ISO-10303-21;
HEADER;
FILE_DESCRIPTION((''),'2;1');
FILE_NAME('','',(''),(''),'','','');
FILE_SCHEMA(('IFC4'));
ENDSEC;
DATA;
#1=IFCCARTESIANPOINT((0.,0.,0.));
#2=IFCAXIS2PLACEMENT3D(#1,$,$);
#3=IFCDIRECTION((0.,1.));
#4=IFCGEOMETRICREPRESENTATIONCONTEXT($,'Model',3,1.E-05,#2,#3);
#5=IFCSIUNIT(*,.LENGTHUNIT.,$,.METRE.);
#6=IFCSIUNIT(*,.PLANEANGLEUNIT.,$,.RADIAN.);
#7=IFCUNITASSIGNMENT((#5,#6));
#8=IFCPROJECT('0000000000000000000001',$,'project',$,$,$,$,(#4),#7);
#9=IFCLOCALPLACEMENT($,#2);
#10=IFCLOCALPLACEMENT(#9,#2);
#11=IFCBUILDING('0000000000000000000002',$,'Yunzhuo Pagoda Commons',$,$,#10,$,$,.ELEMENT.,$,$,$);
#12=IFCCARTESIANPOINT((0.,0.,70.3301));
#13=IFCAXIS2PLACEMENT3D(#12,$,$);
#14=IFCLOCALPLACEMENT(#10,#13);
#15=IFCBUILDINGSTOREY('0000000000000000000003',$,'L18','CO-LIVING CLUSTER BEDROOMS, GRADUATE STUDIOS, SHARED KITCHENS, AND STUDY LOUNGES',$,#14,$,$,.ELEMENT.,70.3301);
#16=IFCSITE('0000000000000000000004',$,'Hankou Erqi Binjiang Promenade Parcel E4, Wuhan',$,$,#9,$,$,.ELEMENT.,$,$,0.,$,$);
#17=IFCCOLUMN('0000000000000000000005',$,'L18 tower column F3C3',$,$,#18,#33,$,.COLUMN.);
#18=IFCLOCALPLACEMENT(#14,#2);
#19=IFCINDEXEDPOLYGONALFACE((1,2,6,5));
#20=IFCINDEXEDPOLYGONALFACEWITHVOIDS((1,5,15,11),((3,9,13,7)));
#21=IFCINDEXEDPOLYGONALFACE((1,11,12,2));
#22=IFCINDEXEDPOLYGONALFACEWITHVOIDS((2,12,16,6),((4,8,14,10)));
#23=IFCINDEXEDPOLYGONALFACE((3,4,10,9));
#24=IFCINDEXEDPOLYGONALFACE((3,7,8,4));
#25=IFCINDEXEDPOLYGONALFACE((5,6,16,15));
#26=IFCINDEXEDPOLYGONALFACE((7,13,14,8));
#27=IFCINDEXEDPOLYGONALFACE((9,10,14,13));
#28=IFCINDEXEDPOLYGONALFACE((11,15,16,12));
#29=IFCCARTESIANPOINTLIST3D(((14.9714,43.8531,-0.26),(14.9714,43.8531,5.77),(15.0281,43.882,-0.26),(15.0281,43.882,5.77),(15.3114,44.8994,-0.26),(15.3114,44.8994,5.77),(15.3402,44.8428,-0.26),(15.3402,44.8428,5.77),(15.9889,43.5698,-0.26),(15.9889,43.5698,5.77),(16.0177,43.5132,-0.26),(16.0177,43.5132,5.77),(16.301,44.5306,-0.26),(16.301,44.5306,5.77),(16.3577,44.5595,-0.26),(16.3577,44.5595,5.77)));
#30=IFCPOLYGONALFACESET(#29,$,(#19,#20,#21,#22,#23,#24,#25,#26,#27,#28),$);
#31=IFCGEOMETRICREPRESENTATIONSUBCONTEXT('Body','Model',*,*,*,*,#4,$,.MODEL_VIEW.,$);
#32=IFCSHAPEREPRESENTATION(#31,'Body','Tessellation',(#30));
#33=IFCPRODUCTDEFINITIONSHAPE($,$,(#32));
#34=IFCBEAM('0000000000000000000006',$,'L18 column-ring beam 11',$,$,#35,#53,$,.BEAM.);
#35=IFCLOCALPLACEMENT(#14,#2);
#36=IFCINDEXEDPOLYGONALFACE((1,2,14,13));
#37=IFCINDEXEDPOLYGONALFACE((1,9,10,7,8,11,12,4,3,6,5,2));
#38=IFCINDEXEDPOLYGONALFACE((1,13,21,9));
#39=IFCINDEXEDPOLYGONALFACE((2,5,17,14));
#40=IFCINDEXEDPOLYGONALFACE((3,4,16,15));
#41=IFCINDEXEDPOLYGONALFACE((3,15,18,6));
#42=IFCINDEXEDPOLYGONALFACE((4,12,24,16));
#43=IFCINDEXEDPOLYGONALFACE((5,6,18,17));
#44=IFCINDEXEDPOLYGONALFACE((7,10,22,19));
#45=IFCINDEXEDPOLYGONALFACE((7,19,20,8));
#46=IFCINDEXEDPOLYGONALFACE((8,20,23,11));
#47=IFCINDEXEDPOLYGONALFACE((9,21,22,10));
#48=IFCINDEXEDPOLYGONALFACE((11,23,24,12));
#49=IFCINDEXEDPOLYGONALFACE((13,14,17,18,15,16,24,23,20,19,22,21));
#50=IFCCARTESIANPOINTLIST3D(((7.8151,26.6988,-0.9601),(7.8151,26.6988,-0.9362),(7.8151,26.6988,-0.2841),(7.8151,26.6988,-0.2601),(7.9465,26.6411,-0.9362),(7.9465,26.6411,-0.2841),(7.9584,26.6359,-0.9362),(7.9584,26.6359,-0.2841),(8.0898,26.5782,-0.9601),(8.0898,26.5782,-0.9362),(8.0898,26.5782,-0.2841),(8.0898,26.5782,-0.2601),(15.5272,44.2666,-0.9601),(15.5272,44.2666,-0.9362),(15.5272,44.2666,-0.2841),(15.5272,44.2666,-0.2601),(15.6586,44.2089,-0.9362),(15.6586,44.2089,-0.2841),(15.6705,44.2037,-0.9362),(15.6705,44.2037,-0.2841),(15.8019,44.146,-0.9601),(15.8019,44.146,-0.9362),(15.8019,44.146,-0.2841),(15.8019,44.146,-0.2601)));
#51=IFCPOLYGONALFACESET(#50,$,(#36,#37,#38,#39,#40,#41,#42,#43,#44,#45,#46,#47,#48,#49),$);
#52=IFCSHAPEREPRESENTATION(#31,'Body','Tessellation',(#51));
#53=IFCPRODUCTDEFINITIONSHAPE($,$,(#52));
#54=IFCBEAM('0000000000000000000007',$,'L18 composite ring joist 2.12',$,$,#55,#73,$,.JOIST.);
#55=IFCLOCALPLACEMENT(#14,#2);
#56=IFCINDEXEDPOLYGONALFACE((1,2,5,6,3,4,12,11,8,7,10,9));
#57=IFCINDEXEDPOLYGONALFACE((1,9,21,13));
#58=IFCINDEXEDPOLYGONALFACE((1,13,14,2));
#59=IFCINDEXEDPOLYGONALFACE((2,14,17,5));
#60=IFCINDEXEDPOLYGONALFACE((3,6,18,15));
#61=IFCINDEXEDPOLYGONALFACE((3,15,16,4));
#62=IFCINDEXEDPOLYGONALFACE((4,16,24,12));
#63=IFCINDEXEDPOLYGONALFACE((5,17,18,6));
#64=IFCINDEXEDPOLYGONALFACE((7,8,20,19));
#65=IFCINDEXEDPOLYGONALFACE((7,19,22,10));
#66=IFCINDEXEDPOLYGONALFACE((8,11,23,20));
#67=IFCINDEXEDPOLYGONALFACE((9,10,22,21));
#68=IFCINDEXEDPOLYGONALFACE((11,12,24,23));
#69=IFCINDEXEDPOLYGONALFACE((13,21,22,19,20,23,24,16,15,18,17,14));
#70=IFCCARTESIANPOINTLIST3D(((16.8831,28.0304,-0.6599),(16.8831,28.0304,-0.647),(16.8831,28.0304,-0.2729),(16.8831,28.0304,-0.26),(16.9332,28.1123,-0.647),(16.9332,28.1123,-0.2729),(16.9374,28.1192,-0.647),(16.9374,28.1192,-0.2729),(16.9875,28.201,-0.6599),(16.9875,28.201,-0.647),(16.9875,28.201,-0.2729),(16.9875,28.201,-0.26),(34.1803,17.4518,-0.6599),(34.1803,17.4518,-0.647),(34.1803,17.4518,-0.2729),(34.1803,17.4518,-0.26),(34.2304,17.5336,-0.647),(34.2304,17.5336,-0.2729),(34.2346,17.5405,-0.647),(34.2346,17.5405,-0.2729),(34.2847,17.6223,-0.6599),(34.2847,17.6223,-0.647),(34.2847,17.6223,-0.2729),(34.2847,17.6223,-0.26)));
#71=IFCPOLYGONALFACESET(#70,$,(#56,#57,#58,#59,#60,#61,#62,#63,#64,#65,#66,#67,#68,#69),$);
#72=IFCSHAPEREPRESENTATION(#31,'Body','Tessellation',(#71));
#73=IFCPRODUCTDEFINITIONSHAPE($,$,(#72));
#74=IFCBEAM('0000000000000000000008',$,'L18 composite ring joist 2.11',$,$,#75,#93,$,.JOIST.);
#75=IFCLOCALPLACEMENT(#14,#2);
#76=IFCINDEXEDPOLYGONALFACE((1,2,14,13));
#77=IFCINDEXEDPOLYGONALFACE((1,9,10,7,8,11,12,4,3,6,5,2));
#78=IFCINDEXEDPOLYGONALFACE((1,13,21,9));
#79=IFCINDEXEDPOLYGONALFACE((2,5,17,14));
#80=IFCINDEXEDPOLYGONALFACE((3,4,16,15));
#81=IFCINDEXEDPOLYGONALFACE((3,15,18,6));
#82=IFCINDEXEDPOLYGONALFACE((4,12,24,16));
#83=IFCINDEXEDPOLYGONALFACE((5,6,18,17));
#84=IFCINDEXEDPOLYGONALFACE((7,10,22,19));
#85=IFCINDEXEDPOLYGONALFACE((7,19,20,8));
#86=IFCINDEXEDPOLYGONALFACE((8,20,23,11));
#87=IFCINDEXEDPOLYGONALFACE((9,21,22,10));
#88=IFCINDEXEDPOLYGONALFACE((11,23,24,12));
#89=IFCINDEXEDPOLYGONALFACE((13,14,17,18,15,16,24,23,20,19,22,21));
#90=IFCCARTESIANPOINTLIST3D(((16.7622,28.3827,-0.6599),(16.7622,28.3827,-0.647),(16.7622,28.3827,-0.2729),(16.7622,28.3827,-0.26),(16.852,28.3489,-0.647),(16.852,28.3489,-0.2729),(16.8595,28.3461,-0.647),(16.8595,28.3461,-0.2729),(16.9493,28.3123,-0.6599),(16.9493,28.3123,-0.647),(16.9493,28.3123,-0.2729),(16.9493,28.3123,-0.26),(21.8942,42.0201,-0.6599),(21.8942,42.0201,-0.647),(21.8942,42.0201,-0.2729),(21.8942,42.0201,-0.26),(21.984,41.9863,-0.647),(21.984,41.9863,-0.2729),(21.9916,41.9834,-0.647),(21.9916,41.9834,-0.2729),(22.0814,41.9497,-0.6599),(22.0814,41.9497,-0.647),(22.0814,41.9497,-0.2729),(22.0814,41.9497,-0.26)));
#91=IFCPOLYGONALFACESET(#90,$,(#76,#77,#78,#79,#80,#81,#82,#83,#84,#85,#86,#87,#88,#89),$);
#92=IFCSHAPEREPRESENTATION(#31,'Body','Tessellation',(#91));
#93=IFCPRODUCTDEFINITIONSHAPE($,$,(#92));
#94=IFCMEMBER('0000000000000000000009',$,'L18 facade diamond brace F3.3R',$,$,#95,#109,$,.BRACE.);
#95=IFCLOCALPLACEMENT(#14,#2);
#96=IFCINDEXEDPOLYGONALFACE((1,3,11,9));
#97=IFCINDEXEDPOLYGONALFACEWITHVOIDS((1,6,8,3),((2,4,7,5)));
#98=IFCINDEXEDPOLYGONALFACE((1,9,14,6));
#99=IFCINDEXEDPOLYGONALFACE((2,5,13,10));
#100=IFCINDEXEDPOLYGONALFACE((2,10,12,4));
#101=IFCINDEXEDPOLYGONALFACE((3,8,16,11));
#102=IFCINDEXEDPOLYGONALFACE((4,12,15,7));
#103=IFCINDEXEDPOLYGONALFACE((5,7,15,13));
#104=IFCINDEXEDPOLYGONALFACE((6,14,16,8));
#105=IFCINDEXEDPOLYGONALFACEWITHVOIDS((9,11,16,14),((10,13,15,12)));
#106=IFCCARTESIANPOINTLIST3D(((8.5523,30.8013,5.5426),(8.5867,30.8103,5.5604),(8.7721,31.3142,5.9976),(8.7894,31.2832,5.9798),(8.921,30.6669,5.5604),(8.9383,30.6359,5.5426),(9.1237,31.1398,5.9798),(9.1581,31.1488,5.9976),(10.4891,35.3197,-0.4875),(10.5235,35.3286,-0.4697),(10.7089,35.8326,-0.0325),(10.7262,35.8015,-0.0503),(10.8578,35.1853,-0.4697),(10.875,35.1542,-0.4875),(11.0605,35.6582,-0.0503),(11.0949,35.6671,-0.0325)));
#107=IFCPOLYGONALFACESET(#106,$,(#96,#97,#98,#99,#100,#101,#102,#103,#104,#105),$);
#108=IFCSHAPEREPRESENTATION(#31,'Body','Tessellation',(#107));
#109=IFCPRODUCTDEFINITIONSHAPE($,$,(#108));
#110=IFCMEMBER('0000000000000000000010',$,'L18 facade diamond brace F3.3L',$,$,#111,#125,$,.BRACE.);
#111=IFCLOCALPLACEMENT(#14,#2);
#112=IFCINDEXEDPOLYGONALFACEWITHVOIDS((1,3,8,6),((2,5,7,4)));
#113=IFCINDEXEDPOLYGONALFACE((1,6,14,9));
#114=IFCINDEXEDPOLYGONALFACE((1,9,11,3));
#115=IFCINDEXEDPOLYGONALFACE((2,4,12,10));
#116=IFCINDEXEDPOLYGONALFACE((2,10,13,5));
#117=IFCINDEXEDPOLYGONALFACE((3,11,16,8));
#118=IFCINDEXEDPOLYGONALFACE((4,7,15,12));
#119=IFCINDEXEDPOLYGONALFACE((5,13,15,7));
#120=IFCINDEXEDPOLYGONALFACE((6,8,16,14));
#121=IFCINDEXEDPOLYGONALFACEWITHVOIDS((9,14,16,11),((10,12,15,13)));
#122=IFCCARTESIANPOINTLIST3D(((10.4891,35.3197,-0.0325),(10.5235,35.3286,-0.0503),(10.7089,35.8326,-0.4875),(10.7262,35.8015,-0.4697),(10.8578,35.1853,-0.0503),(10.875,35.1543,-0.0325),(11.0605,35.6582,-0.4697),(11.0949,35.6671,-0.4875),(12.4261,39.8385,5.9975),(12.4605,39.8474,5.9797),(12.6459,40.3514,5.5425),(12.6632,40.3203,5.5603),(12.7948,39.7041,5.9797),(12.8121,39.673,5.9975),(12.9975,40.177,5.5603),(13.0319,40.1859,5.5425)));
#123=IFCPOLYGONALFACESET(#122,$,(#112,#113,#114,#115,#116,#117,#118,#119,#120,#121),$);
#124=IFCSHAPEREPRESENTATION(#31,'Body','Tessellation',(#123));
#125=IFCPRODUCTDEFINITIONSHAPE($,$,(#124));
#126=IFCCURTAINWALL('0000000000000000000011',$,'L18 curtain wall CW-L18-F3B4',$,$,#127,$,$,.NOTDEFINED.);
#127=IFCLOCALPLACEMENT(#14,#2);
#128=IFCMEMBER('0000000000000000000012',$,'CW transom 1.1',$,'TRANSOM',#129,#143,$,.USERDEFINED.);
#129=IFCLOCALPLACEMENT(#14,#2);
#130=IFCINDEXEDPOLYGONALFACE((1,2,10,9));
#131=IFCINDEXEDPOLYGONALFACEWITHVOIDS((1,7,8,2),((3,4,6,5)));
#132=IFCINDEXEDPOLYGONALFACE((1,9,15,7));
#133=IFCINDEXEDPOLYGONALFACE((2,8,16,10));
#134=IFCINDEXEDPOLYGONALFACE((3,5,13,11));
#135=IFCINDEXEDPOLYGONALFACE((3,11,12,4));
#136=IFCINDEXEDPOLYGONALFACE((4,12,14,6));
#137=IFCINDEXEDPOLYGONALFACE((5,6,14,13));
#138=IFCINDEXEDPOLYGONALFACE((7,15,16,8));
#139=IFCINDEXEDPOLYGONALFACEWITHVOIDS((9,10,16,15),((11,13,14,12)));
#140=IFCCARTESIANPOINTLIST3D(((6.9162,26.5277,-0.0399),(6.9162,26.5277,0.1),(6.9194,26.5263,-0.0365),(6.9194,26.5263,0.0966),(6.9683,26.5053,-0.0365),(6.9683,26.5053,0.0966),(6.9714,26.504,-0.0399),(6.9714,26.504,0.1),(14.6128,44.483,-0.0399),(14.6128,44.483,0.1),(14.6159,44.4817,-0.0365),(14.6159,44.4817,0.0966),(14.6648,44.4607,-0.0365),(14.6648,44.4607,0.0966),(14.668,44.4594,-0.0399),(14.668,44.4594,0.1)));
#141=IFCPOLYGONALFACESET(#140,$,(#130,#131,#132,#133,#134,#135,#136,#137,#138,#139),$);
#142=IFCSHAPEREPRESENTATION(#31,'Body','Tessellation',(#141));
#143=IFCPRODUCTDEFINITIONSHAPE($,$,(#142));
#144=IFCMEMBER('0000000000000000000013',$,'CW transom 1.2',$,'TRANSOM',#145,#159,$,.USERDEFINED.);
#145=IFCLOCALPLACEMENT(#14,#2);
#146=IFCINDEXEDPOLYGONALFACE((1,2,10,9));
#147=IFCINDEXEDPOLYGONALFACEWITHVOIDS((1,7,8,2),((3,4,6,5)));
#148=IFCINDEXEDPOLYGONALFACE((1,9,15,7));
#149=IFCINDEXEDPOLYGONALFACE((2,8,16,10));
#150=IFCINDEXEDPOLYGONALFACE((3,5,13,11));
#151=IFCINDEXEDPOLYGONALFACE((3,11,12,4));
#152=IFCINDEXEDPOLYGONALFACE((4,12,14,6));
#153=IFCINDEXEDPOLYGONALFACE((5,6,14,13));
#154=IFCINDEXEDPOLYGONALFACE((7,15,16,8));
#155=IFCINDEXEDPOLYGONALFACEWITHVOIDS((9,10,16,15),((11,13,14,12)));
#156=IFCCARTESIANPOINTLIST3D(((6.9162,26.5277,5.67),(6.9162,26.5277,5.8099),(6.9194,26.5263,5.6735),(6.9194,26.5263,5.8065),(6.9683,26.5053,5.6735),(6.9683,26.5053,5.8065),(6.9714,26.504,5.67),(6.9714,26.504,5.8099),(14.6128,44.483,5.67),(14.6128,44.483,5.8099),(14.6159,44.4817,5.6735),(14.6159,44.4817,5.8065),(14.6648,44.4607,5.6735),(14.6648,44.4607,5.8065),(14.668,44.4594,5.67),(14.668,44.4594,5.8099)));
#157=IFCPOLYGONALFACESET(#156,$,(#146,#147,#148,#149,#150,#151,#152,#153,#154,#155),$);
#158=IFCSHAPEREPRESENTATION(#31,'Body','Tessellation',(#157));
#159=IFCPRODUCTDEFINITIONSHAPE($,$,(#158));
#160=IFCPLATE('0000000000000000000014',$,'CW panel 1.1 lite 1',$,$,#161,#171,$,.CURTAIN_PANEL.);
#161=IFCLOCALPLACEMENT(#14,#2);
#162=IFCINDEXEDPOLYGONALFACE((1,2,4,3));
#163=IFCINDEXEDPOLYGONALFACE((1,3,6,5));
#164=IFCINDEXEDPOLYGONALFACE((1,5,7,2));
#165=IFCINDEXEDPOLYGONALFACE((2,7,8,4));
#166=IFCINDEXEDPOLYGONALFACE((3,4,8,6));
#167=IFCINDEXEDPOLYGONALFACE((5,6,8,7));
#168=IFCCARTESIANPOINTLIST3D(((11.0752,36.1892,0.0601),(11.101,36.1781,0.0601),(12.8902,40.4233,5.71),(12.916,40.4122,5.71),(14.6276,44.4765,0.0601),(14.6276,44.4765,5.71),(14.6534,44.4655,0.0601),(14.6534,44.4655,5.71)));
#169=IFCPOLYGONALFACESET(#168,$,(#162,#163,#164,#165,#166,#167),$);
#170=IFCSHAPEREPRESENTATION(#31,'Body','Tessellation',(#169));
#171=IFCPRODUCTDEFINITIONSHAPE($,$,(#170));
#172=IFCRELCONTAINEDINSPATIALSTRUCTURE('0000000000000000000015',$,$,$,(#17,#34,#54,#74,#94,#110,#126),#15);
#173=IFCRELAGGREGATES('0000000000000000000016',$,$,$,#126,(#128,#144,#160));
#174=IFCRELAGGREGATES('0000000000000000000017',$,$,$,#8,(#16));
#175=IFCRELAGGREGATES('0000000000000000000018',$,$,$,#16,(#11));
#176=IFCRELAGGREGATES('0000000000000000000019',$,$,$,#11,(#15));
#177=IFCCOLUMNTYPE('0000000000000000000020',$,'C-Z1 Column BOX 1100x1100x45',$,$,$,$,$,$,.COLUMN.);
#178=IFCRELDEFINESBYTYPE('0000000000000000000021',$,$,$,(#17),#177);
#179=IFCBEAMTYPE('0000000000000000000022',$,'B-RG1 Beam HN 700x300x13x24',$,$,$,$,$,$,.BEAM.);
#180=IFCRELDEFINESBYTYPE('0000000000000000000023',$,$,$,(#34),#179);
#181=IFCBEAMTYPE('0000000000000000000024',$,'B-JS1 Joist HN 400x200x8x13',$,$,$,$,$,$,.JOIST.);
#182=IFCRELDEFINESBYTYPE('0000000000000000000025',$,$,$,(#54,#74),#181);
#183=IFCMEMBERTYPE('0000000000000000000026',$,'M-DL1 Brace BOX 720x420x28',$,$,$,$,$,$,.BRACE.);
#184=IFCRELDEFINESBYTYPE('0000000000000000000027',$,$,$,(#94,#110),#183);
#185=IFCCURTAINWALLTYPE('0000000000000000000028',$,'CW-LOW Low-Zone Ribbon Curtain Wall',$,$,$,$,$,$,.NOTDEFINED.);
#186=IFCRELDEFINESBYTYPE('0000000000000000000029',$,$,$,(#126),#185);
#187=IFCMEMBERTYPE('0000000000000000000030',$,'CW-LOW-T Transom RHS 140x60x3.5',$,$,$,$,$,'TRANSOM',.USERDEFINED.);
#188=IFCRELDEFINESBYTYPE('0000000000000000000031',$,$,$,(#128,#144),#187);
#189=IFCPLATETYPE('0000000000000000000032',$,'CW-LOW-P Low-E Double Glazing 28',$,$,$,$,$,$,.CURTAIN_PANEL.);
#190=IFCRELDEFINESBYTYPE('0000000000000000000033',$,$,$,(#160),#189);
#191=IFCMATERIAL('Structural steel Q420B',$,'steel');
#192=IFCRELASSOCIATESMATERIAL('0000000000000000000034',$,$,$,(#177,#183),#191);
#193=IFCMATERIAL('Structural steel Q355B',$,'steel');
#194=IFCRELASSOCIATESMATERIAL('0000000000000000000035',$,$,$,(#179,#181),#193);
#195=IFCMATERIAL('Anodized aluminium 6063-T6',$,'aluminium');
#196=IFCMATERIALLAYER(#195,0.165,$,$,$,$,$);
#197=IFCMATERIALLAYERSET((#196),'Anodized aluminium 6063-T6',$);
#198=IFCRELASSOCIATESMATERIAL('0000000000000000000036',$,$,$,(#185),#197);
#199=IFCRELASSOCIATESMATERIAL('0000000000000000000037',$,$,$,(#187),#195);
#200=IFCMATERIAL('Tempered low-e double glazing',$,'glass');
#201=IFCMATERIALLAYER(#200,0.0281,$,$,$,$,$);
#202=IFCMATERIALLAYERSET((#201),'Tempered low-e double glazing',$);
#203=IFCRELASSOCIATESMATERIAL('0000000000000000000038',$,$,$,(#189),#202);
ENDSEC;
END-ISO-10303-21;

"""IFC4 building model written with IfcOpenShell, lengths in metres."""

from ifc_helpers import new_model, si_unit, direction, frame, origin, origin_2d, place, context, subcontext, project, spatial, polyline, hollow_rectangle, i_section, outline, extrude, source, transform, mapped, material, layer, layer_set, material_profile, profile_set, type_object, element, aggregate, save


model = new_model("IFC4")

# Units and contexts
model_context = context("Model", 3, precision=1e-05, world=origin(), true_north=direction((0.0, 1.0)))
body_context = subcontext(model_context, "Body", "Model", "MODEL_VIEW")
ifc_project = project(units=[si_unit("LENGTHUNIT", "METRE"), si_unit("PLANEANGLEUNIT", "RADIAN")], contexts=[model_context])

# Site, building, storey
site_placement = place(None, origin())
site = spatial("IfcSite", under=ifc_project, at=site_placement, Name="Hankou Erqi Binjiang Promenade Parcel E4, Wuhan", CompositionType="ELEMENT", RefElevation=0.0)
building_placement = place(site_placement, origin())
building = spatial("IfcBuilding", under=site, at=building_placement, Name="Yunzhuo Pagoda Commons", CompositionType="ELEMENT")
storey_placement = place(building_placement, frame((0.0, 0.0, 70.3301)))
storey = spatial("IfcBuildingStorey", under=building, at=storey_placement, Name="L18", Description="CO-LIVING CLUSTER BEDROOMS, GRADUATE STUDIOS, SHARED KITCHENS, AND STUDY LOUNGES", CompositionType="ELEMENT", Elevation=70.3301)

# Column
ifc_material_1 = material(Name="Structural steel Q420B", Category="steel")
ifc_material_profile_1 = material_profile(ifc_material_1, hollow_rectangle(XDim=1.1001, YDim=1.1001, WallThickness=0.0449, at=origin_2d()), Name="Structural steel Q420B")
ifc_profile_set_1 = profile_set([ifc_material_profile_1], Name="Structural steel Q420B")
column_type = type_object("IfcColumnType", Name="C-Z1 Column BOX 1100x1100x45", PredefinedType="COLUMN", material=ifc_profile_set_1)
shared_shape_1 = source(origin(), body_context, "Body", "SweptSolid", [
    extrude(hollow_rectangle(XDim=1.1001, YDim=1.1001, WallThickness=0.0449, at=origin_2d()), origin(), (0.0, 0.0, 1.0), 6.03),
])
column_placement = place(storey_placement, frame((15.6646, 44.2063, -0.26), z_axis=(0.0, 0.0, 1.0), x_axis=(-0.309017, -0.951057, 0.0)))
element("IfcColumn", 1, at=column_placement, inside=storey, type_object=column_type, Name="L18 tower column F3C3", PredefinedType="COLUMN", context=body_context, shape_type="MappedRepresentation", body=[
    mapped(shared_shape_1, transform((0.0, 0.0, 0.0), scale=1.0)),
])

# Beams
ifc_material_2 = material(Name="Structural steel Q355B", Category="steel")
ifc_material_profile_2 = material_profile(ifc_material_2, i_section(OverallWidth=0.3, OverallDepth=0.7, WebThickness=0.0129, FlangeThickness=0.0239, at=origin_2d()), Name="Structural steel Q355B")
ifc_profile_set_2 = profile_set([ifc_material_profile_2], Name="Structural steel Q355B")
beam_type_1 = type_object("IfcBeamType", Name="B-RG1 Beam HN 700x300x13x24", PredefinedType="BEAM", material=ifc_profile_set_2)
shared_shape_2 = source(origin(), body_context, "Body", "SweptSolid", [
    extrude(i_section(OverallWidth=0.3, OverallDepth=0.7, WebThickness=0.0129, FlangeThickness=0.0239, at=origin_2d()), origin(), (0.0, 0.0, 1.0), 19.186),
])
beam_1_placement = place(storey_placement, frame((15.6646, 44.2063, -0.6101), z_axis=(-0.401965, -0.915655, 0.0), x_axis=(0.915655, -0.401965, 0.0)))
element("IfcBeam", 2, at=beam_1_placement, inside=storey, type_object=beam_type_1, Name="L18 column-ring beam 11", PredefinedType="BEAM", context=body_context, shape_type="MappedRepresentation", body=[
    mapped(shared_shape_2, transform((0.0, 0.0, 0.0), scale=1.0)),
])
ifc_material_profile_3 = material_profile(ifc_material_2, i_section(OverallWidth=0.2, OverallDepth=0.3999, WebThickness=0.0081, FlangeThickness=0.0129, at=origin_2d()), Name="Structural steel Q355B")
ifc_profile_set_3 = profile_set([ifc_material_profile_3], Name="Structural steel Q355B")
beam_type_2 = type_object("IfcBeamType", Name="B-JS1 Joist HN 400x200x8x13", PredefinedType="JOIST", material=ifc_profile_set_3)
shared_shape_3 = source(origin(), body_context, "Body", "SweptSolid", [
    extrude(i_section(OverallWidth=0.2, OverallDepth=0.3999, WebThickness=0.0081, FlangeThickness=0.0129, at=origin_2d()), origin(), (0.0, 0.0, 1.0), 20.2756),
])
beam_2_placement = place(storey_placement, frame((16.9353, 28.1157, -0.46), z_axis=(0.853103, -0.521743, 0.0), x_axis=(0.521743, 0.853103, 0.0)))
element("IfcBeam", 3, at=beam_2_placement, inside=storey, type_object=beam_type_2, Name="L18 composite ring joist 2.12", PredefinedType="JOIST", context=body_context, shape_type="MappedRepresentation", body=[
    mapped(shared_shape_3, transform((0.0, 0.0, 0.0), scale=1.0)),
])
shared_shape_4 = source(origin(), body_context, "Body", "SweptSolid", [
    extrude(i_section(OverallWidth=0.2, OverallDepth=0.3999, WebThickness=0.0081, FlangeThickness=0.0129, at=origin_2d()), origin(), (0.0, 0.0, 1.0), 14.571),
])
beam_3_placement = place(storey_placement, frame((21.9878, 41.9849, -0.46), z_axis=(-0.352208, -0.935922, 0.0), x_axis=(0.935922, -0.352208, 0.0)))
element("IfcBeam", 4, at=beam_3_placement, inside=storey, type_object=beam_type_2, Name="L18 composite ring joist 2.11", PredefinedType="JOIST", context=body_context, shape_type="MappedRepresentation", body=[
    mapped(shared_shape_4, transform((0.0, 0.0, 0.0), scale=1.0)),
])

# Members
ifc_material_profile_4 = material_profile(ifc_material_1, hollow_rectangle(XDim=0.4199, YDim=0.72, WallThickness=0.0281, at=origin_2d()), Name="Structural steel Q420B")
ifc_profile_set_4 = profile_set([ifc_material_profile_4], Name="Structural steel Q420B")
member_type_1 = type_object("IfcMemberType", Name="M-DL1 Brace BOX 720x420x28", PredefinedType="BRACE", material=ifc_profile_set_4)
shared_shape_5 = source(origin(), body_context, "Body", "SweptSolid", [
    extrude(hollow_rectangle(XDim=0.4199, YDim=0.72, WallThickness=0.0281, at=origin_2d()), origin(), (0.0, 0.0, 1.0), 7.78),
])
member_1_placement = place(storey_placement, frame((10.792, 35.4934, -0.26), z_axis=(-0.248944, -0.580764, 0.775074), x_axis=(0.919119, -0.393979, 0.0)))
element("IfcMember", 5, at=member_1_placement, inside=storey, type_object=member_type_1, Name="L18 facade diamond brace F3.3R", PredefinedType="BRACE", context=body_context, shape_type="MappedRepresentation", body=[
    mapped(shared_shape_5, transform((0.0, 0.0, 0.0), scale=1.0)),
])
shared_shape_6 = source(origin(), body_context, "Body", "SweptSolid", [
    extrude(hollow_rectangle(XDim=0.4199, YDim=0.72, WallThickness=0.0281, at=origin_2d()), origin(), (0.0, 0.0, 1.0), 7.7803),
])
member_2_placement = place(storey_placement, frame((10.792, 35.4934, -0.26), z_axis=(0.248964, 0.580801, 0.77504), x_axis=(-0.919117, 0.393985, 0.0)))
element("IfcMember", 6, at=member_2_placement, inside=storey, type_object=member_type_1, Name="L18 facade diamond brace F3.3L", PredefinedType="BRACE", context=body_context, shape_type="MappedRepresentation", body=[
    mapped(shared_shape_6, transform((0.0, 0.0, 0.0), scale=1.0)),
])

# Curtain wall, members, plate
ifc_material_3 = material(Name="Anodized aluminium 6063-T6", Category="aluminium")
ifc_layer_1 = layer(ifc_material_3, 0.165)
ifc_layer_set_1 = layer_set([ifc_layer_1], Name="Anodized aluminium 6063-T6")
curtain_wall_type = type_object("IfcCurtainWallType", Name="CW-LOW Low-Zone Ribbon Curtain Wall", PredefinedType="NOTDEFINED", material=ifc_layer_set_1)
curtain_wall_placement = place(storey_placement, origin())
curtain_wall = element("IfcCurtainWall", 7, at=curtain_wall_placement, inside=storey, type_object=curtain_wall_type, Name="L18 curtain wall CW-L18-F3B4", PredefinedType="NOTDEFINED")
ifc_material_profile_5 = material_profile(ifc_material_3, hollow_rectangle(XDim=0.0601, YDim=0.1399, WallThickness=0.0034, at=origin_2d()), Name="Anodized aluminium 6063-T6")
ifc_profile_set_5 = profile_set([ifc_material_profile_5], Name="Anodized aluminium 6063-T6")
member_type_2 = type_object("IfcMemberType", Name="CW-LOW-T Transom RHS 140x60x3.5", ElementType="TRANSOM", PredefinedType="USERDEFINED", material=ifc_profile_set_5)
shared_shape_7 = source(origin(), body_context, "Body", "SweptSolid", [
    extrude(hollow_rectangle(XDim=0.0601, YDim=0.1399, WallThickness=0.0034, at=origin_2d()), origin(), (0.0, 0.0, 1.0), 19.5354),
])
member_3_placement = place(storey_placement, frame((14.6404, 44.4712, 0.03), z_axis=(-0.39398, -0.919119, 0.0), x_axis=(0.919119, -0.39398, 0.0)))
member_3 = element("IfcMember", 8, at=member_3_placement, type_object=member_type_2, Name="CW transom 1.1", ObjectType="TRANSOM", PredefinedType="USERDEFINED", context=body_context, shape_type="MappedRepresentation", body=[
    mapped(shared_shape_7, transform((0.0, 0.0, 0.0), scale=1.0)),
])
member_4_placement = place(storey_placement, frame((14.6404, 44.4712, 5.74), z_axis=(-0.39398, -0.919119, 0.0), x_axis=(0.919119, -0.39398, 0.0)))
member_4 = element("IfcMember", 9, at=member_4_placement, type_object=member_type_2, Name="CW transom 1.2", ObjectType="TRANSOM", PredefinedType="USERDEFINED", context=body_context, shape_type="MappedRepresentation", body=[
    mapped(shared_shape_7, transform((0.0, 0.0, 0.0), scale=1.0)),
])
ifc_material_4 = material(Name="Tempered low-e double glazing", Category="glass")
ifc_layer_2 = layer(ifc_material_4, 0.0281)
ifc_layer_set_2 = layer_set([ifc_layer_2], Name="Tempered low-e double glazing")
plate_type_1 = type_object("IfcPlateType", Name="CW-LOW-P Low-E Double Glazing 28", PredefinedType="CURTAIN_PANEL", material=ifc_layer_set_2)
plate_1_placement = place(storey_placement, frame((12.8772, 40.3218, 2.885), z_axis=(-0.919121, 0.393975, 0.0), x_axis=(-0.393975, -0.919121, 0.0)))
plate_1 = element("IfcPlate", 10, at=plate_1_placement, type_object=plate_type_1, Name="CW panel 1.1 lite 1", PredefinedType="CURTAIN_PANEL", context=body_context, shape_type="SweptSolid", body=[
    extrude(outline(polyline([(-4.5083, -2.825), (4.5083, -2.825), (-0.0984, 2.825), (-4.5083, 2.825), (-4.5083, -2.825)])), origin(), (0.0, 0.0, 1.0), 0.0281),
])
aggregate(curtain_wall, [member_3, member_4, plate_1])

save(model, "model.ifc")
